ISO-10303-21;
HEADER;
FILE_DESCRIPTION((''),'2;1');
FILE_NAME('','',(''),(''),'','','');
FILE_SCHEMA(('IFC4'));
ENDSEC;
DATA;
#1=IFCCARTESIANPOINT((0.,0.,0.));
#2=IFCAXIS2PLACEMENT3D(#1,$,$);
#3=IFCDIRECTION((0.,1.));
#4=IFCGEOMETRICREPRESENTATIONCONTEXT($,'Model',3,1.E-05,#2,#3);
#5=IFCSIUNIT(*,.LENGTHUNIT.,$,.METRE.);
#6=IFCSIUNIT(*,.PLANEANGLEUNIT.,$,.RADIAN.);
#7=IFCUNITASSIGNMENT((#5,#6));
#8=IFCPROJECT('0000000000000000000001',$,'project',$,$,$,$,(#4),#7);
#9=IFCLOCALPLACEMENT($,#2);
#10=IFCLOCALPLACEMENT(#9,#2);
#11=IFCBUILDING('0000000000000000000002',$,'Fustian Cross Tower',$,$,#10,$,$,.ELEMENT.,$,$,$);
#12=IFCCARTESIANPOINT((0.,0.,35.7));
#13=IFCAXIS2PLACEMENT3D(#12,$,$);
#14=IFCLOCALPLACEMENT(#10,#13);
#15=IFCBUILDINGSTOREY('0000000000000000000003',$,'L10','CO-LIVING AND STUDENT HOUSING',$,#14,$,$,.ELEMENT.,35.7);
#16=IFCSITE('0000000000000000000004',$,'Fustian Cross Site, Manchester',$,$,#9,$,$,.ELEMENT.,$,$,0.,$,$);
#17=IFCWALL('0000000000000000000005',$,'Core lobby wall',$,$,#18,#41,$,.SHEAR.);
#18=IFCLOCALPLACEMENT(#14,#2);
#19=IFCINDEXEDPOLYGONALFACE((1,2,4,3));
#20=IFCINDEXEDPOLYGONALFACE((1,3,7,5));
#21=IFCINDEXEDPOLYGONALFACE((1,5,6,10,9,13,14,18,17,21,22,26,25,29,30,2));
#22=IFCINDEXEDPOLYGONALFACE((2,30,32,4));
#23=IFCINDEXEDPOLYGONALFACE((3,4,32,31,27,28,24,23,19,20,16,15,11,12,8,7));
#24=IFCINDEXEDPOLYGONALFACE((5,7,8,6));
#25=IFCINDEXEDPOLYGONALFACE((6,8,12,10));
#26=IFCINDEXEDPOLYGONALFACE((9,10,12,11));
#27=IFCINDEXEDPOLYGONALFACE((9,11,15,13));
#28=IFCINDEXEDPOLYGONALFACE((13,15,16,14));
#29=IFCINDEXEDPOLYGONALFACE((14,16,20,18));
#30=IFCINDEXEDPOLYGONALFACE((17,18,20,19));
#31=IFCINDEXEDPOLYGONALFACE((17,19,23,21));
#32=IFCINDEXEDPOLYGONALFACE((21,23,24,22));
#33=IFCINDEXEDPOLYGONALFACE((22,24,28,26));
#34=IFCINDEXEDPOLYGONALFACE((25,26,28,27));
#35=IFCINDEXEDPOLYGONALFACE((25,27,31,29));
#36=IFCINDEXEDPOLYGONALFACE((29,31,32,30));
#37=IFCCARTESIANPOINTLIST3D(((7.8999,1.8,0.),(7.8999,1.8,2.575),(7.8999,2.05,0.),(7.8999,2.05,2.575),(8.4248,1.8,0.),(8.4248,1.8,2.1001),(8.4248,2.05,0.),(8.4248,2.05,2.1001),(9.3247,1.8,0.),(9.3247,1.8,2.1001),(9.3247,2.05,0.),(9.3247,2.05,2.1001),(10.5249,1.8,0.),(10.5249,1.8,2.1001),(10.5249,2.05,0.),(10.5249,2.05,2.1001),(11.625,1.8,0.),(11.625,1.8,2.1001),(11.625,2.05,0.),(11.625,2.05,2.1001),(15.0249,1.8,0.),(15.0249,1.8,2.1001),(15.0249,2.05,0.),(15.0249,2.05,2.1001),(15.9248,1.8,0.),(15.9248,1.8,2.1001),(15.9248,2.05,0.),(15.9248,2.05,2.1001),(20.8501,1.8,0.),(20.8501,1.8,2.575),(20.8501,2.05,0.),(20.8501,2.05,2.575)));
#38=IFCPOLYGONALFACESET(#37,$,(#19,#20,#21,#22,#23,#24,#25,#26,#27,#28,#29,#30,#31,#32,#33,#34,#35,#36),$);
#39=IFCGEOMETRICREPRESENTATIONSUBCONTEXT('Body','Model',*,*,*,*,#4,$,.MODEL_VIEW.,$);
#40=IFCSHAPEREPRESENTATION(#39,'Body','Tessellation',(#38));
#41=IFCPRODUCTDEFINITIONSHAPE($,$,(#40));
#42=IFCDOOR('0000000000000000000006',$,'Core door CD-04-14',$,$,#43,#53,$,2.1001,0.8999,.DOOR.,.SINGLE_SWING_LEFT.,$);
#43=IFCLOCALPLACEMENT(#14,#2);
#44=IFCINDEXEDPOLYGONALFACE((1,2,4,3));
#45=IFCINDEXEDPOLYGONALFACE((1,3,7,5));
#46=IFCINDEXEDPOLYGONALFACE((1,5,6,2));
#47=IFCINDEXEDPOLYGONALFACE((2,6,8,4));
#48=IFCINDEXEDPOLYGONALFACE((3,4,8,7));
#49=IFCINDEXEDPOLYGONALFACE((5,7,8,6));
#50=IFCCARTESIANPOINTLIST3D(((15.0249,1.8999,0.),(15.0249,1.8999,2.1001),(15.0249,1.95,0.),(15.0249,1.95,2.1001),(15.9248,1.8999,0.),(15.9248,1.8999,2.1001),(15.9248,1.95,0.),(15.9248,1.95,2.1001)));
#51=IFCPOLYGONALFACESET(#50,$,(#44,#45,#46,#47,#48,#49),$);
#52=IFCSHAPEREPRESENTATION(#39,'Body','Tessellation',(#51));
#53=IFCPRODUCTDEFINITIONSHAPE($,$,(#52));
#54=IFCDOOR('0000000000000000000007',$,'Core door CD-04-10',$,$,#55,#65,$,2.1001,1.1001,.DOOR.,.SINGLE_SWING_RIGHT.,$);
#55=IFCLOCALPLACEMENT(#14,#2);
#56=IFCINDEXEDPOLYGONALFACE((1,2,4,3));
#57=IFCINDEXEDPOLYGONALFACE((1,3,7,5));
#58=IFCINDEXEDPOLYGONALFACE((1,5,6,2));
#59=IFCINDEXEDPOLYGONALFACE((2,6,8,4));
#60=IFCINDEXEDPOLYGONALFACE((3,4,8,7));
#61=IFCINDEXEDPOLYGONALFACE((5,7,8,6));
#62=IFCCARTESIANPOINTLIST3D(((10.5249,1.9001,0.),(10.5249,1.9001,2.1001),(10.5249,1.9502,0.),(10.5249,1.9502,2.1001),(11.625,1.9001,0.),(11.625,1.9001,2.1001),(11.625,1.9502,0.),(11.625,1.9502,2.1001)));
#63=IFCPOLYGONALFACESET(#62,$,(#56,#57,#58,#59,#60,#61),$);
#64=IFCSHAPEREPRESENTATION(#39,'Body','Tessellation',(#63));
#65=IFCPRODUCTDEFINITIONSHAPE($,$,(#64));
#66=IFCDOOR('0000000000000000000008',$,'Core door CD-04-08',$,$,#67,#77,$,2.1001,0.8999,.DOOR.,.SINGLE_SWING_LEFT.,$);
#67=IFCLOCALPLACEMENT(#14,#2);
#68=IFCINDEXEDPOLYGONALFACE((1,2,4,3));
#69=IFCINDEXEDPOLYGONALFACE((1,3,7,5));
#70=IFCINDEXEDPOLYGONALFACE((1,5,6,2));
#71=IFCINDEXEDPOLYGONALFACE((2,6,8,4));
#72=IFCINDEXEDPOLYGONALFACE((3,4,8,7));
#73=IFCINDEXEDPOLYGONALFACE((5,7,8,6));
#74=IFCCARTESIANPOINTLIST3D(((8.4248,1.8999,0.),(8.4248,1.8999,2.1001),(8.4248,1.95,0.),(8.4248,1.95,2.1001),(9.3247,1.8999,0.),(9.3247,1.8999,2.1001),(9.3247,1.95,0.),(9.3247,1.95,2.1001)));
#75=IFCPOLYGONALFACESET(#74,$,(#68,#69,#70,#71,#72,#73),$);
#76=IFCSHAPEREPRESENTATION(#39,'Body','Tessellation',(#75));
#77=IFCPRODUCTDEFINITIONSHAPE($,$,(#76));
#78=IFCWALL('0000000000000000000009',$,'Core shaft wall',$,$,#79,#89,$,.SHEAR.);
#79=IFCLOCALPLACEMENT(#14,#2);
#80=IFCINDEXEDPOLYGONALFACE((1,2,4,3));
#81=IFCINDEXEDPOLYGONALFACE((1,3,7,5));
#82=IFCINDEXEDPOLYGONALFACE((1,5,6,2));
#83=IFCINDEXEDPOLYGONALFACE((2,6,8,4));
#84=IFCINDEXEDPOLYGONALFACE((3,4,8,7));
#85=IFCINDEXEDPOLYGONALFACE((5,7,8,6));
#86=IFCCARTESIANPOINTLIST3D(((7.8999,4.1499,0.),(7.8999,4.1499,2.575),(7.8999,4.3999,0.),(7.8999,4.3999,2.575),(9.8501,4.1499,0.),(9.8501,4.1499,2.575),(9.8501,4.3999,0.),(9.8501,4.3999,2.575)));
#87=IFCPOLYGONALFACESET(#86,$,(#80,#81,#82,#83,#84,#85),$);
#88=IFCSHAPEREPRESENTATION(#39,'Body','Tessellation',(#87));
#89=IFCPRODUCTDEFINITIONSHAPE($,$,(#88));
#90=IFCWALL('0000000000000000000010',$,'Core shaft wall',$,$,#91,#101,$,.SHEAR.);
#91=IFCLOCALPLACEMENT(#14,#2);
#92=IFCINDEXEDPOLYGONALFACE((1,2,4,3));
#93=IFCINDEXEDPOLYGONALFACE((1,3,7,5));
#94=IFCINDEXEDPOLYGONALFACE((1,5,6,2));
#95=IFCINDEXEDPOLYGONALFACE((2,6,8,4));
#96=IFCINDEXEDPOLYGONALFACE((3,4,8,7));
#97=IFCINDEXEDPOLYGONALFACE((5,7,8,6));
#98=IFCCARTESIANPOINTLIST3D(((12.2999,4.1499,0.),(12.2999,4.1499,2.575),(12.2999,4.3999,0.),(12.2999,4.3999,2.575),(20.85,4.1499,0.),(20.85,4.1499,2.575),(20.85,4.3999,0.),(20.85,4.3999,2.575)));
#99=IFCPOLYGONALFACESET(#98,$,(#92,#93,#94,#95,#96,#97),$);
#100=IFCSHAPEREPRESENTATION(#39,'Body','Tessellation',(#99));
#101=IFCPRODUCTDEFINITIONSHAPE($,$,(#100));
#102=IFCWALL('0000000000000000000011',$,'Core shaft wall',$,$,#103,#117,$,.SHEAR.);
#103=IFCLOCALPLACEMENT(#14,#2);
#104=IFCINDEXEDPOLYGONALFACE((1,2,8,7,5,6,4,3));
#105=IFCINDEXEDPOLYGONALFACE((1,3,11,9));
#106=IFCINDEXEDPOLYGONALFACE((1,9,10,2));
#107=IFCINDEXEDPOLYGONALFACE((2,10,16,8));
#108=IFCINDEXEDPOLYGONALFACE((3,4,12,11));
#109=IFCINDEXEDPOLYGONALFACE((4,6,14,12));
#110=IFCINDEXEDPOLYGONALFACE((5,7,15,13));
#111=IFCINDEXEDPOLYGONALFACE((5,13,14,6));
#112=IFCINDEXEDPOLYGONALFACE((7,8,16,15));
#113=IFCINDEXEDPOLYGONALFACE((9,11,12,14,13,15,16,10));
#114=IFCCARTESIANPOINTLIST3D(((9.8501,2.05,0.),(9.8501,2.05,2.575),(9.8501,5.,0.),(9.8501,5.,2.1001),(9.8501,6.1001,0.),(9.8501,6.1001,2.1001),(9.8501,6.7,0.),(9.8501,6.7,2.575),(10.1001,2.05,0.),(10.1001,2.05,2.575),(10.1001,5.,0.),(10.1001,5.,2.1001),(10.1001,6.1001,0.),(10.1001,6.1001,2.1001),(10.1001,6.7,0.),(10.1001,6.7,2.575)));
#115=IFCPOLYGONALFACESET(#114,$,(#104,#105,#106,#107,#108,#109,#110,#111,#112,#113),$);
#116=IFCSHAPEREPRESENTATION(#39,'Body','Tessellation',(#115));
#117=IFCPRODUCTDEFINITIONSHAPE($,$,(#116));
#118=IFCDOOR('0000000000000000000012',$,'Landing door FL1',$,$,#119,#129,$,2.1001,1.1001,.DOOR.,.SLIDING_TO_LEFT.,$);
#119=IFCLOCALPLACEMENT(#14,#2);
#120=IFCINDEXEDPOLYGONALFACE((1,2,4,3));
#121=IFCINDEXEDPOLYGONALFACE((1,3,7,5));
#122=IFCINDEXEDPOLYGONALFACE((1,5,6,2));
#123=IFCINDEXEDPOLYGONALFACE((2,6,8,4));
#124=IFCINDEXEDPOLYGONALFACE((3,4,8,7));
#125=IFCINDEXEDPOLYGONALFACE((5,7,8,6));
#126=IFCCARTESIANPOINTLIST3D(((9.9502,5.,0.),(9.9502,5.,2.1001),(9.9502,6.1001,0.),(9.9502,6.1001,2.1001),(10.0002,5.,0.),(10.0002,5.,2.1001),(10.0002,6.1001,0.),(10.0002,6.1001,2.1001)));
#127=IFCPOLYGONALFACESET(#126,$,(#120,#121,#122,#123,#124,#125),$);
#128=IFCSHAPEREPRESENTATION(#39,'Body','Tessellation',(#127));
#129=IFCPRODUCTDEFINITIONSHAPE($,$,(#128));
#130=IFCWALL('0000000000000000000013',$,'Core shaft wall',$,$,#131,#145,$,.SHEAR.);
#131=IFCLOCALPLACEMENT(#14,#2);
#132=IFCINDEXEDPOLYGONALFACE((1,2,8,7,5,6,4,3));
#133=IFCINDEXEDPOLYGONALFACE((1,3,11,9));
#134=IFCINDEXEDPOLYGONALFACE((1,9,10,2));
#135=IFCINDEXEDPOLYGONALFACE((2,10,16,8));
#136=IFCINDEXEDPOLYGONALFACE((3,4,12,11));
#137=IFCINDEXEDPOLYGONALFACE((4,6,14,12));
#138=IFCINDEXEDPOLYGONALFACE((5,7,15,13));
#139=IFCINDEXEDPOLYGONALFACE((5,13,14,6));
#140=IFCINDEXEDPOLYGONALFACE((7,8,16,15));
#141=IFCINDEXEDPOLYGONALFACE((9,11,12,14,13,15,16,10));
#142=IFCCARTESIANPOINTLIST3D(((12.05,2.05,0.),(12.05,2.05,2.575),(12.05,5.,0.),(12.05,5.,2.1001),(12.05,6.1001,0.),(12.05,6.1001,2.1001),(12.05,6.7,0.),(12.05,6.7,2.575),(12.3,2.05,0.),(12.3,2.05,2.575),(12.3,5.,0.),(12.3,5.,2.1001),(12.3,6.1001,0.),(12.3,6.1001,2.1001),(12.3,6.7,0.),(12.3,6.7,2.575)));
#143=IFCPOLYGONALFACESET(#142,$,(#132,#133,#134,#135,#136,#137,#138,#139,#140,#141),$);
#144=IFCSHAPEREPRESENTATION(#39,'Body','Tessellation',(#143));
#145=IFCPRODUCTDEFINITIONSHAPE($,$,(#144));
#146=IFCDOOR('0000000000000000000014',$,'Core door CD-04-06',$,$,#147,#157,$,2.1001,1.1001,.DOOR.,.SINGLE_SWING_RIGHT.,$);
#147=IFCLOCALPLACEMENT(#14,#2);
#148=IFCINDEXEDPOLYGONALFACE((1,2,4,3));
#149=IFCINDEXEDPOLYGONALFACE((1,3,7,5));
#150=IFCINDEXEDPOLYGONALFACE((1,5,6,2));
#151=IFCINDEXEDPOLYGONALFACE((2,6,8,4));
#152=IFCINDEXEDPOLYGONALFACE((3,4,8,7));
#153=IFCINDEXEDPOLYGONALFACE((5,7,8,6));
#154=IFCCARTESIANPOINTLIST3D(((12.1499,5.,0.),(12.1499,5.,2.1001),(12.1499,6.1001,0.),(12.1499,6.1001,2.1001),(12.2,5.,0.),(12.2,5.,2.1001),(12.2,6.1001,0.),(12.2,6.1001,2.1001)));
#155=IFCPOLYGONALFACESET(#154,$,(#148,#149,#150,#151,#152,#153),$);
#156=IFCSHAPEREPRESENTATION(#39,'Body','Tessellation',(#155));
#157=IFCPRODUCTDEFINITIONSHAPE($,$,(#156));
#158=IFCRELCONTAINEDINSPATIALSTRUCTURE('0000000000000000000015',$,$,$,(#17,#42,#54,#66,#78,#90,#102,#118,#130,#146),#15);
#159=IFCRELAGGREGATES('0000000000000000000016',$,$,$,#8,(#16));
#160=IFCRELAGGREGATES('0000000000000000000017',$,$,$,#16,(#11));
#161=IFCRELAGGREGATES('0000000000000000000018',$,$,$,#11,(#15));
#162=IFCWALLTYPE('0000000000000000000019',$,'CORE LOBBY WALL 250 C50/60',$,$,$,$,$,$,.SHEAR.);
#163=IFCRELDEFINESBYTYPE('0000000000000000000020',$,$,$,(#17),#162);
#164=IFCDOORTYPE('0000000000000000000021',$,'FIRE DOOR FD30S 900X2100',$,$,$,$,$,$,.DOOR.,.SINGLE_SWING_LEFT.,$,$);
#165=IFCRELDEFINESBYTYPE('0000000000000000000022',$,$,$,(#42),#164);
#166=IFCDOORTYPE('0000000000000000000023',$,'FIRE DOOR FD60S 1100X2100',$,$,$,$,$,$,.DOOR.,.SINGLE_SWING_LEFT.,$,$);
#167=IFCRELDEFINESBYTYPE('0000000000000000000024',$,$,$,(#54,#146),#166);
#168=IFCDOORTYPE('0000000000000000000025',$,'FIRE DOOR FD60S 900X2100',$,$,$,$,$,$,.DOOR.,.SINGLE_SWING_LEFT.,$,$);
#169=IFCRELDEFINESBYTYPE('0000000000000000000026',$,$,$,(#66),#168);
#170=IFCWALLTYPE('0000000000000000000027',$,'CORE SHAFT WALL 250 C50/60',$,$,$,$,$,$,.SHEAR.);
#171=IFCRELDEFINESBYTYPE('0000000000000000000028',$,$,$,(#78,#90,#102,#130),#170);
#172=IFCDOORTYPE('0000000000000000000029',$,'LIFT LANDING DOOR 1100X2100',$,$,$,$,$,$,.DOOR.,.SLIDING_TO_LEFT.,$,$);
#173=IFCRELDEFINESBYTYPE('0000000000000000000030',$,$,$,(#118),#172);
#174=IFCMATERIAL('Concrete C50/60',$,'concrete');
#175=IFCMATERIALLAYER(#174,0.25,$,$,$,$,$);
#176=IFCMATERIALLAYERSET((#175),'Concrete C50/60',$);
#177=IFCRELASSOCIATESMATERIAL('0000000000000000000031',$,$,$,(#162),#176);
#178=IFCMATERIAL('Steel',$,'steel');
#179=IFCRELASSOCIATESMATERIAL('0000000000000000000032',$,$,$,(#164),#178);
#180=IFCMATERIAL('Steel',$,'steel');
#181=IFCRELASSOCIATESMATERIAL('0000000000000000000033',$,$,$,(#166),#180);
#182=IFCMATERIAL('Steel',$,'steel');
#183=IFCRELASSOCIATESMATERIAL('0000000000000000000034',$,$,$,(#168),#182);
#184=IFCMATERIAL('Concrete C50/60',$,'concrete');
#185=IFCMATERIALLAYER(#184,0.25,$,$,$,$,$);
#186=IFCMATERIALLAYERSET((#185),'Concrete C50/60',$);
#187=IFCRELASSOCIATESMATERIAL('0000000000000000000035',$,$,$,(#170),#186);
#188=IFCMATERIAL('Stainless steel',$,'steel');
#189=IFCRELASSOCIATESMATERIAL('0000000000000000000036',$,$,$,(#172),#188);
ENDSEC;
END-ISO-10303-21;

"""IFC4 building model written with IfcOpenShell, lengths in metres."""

from ifc_helpers import new_model, si_unit, direction, frame, frame_2d, origin, place, context, subcontext, project, spatial, rectangle, extrude, material, layer, layer_set, type_object, element, fill, save


model = new_model("IFC4")

# Units and contexts
model_context = context("Model", 3, precision=1e-05, world=origin(), true_north=direction((0.0, 1.0)))
body_context = subcontext(model_context, "Body", "Model", "MODEL_VIEW")
ifc_project = project(units=[si_unit("LENGTHUNIT", "METRE"), si_unit("PLANEANGLEUNIT", "RADIAN")], contexts=[model_context])

# Site, building, storey
site_placement = place(None, origin())
site = spatial("IfcSite", under=ifc_project, at=site_placement, Name="Fustian Cross Site, Manchester", CompositionType="ELEMENT", RefElevation=0.0)
building_placement = place(site_placement, origin())
building = spatial("IfcBuilding", under=site, at=building_placement, Name="Fustian Cross Tower", CompositionType="ELEMENT")
storey_placement = place(building_placement, frame((0.0, 0.0, 35.7)))
storey = spatial("IfcBuildingStorey", under=building, at=storey_placement, Name="L10", Description="CO-LIVING AND STUDENT HOUSING", CompositionType="ELEMENT", Elevation=35.7)

# Wall, openings, doors
ifc_material_1 = material(Name="Concrete C50/60", Category="concrete")
ifc_layer_1 = layer(ifc_material_1, 0.25)
ifc_layer_set_1 = layer_set([ifc_layer_1], Name="Concrete C50/60")
wall_type_1 = type_object("IfcWallType", Name="CORE LOBBY WALL 250 C50/60", PredefinedType="SHEAR", material=ifc_layer_set_1)
wall_1_placement = place(storey_placement, frame((7.8999, 1.925, 0.0), z_axis=(0.0, 0.0, 1.0), x_axis=(1.0, 0.0, 0.0)))
wall_1 = element("IfcWall", 1, at=wall_1_placement, inside=storey, type_object=wall_type_1, Name="Core lobby wall", PredefinedType="SHEAR", context=body_context, shape_type="SweptSolid", body=[
    extrude(rectangle(XDim=12.9502, YDim=0.25, at=frame_2d((6.4751, 0.0))), origin(), (0.0, 0.0, 1.0), 2.575),
])
opening_1_placement = place(wall_1_placement, frame((0.5249, 0.0, 0.0)))
opening_1 = element("IfcOpeningElement", 2, at=opening_1_placement, cuts=wall_1, PredefinedType="OPENING", context=body_context, shape_type="SweptSolid", body=[
    extrude(rectangle(XDim=0.8999, YDim=2.1001, at=frame_2d((0.45, 1.05))), frame((0.0, 0.135, 0.0), z_axis=(0.0, -1.0, 0.0), x_axis=(1.0, 0.0, 0.0)), (0.0, 0.0, 1.0), 0.27),
])
opening_2_placement = place(wall_1_placement, frame((2.625, 0.0, 0.0)))
opening_2 = element("IfcOpeningElement", 3, at=opening_2_placement, cuts=wall_1, PredefinedType="OPENING", context=body_context, shape_type="SweptSolid", body=[
    extrude(rectangle(XDim=1.1001, YDim=2.1001, at=frame_2d((0.55, 1.05))), frame((0.0, 0.135, 0.0), z_axis=(0.0, -1.0, 0.0), x_axis=(1.0, 0.0, 0.0)), (0.0, 0.0, 1.0), 0.27),
])
opening_3_placement = place(wall_1_placement, frame((7.125, 0.0, 0.0)))
opening_3 = element("IfcOpeningElement", 4, at=opening_3_placement, cuts=wall_1, PredefinedType="OPENING", context=body_context, shape_type="SweptSolid", body=[
    extrude(rectangle(XDim=0.8999, YDim=2.1001, at=frame_2d((0.45, 1.05))), frame((0.0, 0.135, 0.0), z_axis=(0.0, -1.0, 0.0), x_axis=(1.0, 0.0, 0.0)), (0.0, 0.0, 1.0), 0.27),
])
ifc_material_2 = material(Name="Steel", Category="steel")
door_type_1 = type_object("IfcDoorType", Name="FIRE DOOR FD30S 900X2100", OperationType="SINGLE_SWING_LEFT", PredefinedType="DOOR", material=ifc_material_2)
door_1_placement = place(opening_3_placement, origin())
door_1 = element("IfcDoor", 5, at=door_1_placement, inside=storey, type_object=door_type_1, Name="Core door CD-04-14", OperationType="SINGLE_SWING_LEFT", OverallHeight=2.1001, OverallWidth=0.8999, PredefinedType="DOOR", context=body_context, shape_type="SweptSolid", body=[
    extrude(rectangle(XDim=0.8999, YDim=2.1001, at=frame_2d((0.45, 1.05))), frame((0.0, 0.0249, 0.0), z_axis=(0.0, -1.0, 0.0), x_axis=(1.0, 0.0, 0.0)), (0.0, 0.0, 1.0), 0.05),
])
fill(opening_3, door_1)
ifc_material_3 = material(Name="Steel", Category="steel")
door_type_2 = type_object("IfcDoorType", Name="FIRE DOOR FD60S 1100X2100", OperationType="SINGLE_SWING_LEFT", PredefinedType="DOOR", material=ifc_material_3)
door_2_placement = place(opening_2_placement, frame((1.1001, 0.0, 0.0), z_axis=(0.0, 0.0, 1.0), x_axis=(-1.0, 0.0, 0.0)))
door_2 = element("IfcDoor", 6, at=door_2_placement, inside=storey, type_object=door_type_2, Name="Core door CD-04-10", OperationType="SINGLE_SWING_RIGHT", OverallHeight=2.1001, OverallWidth=1.1001, PredefinedType="DOOR", context=body_context, shape_type="SweptSolid", body=[
    extrude(rectangle(XDim=1.1001, YDim=2.1001, at=frame_2d((0.55, 1.05))), frame((0.0, 0.0249, 0.0), z_axis=(0.0, -1.0, 0.0), x_axis=(1.0, 0.0, 0.0)), (0.0, 0.0, 1.0), 0.05),
])
fill(opening_2, door_2)
ifc_material_4 = material(Name="Steel", Category="steel")
door_type_3 = type_object("IfcDoorType", Name="FIRE DOOR FD60S 900X2100", OperationType="SINGLE_SWING_LEFT", PredefinedType="DOOR", material=ifc_material_4)
door_3_placement = place(opening_1_placement, origin())
door_3 = element("IfcDoor", 7, at=door_3_placement, inside=storey, type_object=door_type_3, Name="Core door CD-04-08", OperationType="SINGLE_SWING_LEFT", OverallHeight=2.1001, OverallWidth=0.8999, PredefinedType="DOOR", context=body_context, shape_type="SweptSolid", body=[
    extrude(rectangle(XDim=0.8999, YDim=2.1001, at=frame_2d((0.45, 1.05))), frame((0.0, 0.0249, 0.0), z_axis=(0.0, -1.0, 0.0), x_axis=(1.0, 0.0, 0.0)), (0.0, 0.0, 1.0), 0.05),
])
fill(opening_1, door_3)

# Walls
ifc_material_5 = material(Name="Concrete C50/60", Category="concrete")
ifc_layer_2 = layer(ifc_material_5, 0.25)
ifc_layer_set_2 = layer_set([ifc_layer_2], Name="Concrete C50/60")
wall_type_2 = type_object("IfcWallType", Name="CORE SHAFT WALL 250 C50/60", PredefinedType="SHEAR", material=ifc_layer_set_2)
wall_2_placement = place(storey_placement, frame((7.8999, 4.2749, 0.0), z_axis=(0.0, 0.0, 1.0), x_axis=(1.0, 0.0, 0.0)))
element("IfcWall", 8, at=wall_2_placement, inside=storey, type_object=wall_type_2, Name="Core shaft wall", PredefinedType="SHEAR", context=body_context, shape_type="SweptSolid", body=[
    extrude(rectangle(XDim=1.9502, YDim=0.25, at=frame_2d((0.9751, 0.0))), origin(), (0.0, 0.0, 1.0), 2.575),
])
wall_3_placement = place(storey_placement, frame((12.3, 4.2749, 0.0), z_axis=(0.0, 0.0, 1.0), x_axis=(1.0, 0.0, 0.0)))
element("IfcWall", 9, at=wall_3_placement, inside=storey, type_object=wall_type_2, Name="Core shaft wall", PredefinedType="SHEAR", context=body_context, shape_type="SweptSolid", body=[
    extrude(rectangle(XDim=8.55, YDim=0.25, at=frame_2d((4.2749, 0.0))), origin(), (0.0, 0.0, 1.0), 2.575),
])

# Walls, openings, doors
wall_4_placement = place(storey_placement, frame((9.9751, 2.05, 0.0), z_axis=(0.0, 0.0, 1.0), x_axis=(0.0, 1.0, 0.0)))
wall_4 = element("IfcWall", 10, at=wall_4_placement, inside=storey, type_object=wall_type_2, Name="Core shaft wall", PredefinedType="SHEAR", context=body_context, shape_type="SweptSolid", body=[
    extrude(rectangle(XDim=4.6499, YDim=0.25, at=frame_2d((2.325, 0.0))), origin(), (0.0, 0.0, 1.0), 2.575),
])
opening_4_placement = place(wall_4_placement, frame((2.95, 0.0, 0.0)))
opening_4 = element("IfcOpeningElement", 11, at=opening_4_placement, cuts=wall_4, PredefinedType="OPENING", context=body_context, shape_type="SweptSolid", body=[
    extrude(rectangle(XDim=1.1001, YDim=2.1001, at=frame_2d((0.55, 1.05))), frame((0.0, 0.135, 0.0), z_axis=(0.0, -1.0, 0.0), x_axis=(1.0, 0.0, 0.0)), (0.0, 0.0, 1.0), 0.27),
])
ifc_material_6 = material(Name="Stainless steel", Category="steel")
door_type_4 = type_object("IfcDoorType", Name="LIFT LANDING DOOR 1100X2100", OperationType="SLIDING_TO_LEFT", PredefinedType="DOOR", material=ifc_material_6)
door_4_placement = place(opening_4_placement, origin())
door_4 = element("IfcDoor", 12, at=door_4_placement, inside=storey, type_object=door_type_4, Name="Landing door FL1", OperationType="SLIDING_TO_LEFT", OverallHeight=2.1001, OverallWidth=1.1001, PredefinedType="DOOR", context=body_context, shape_type="SweptSolid", body=[
    extrude(rectangle(XDim=1.1001, YDim=2.1001, at=frame_2d((0.55, 1.05))), frame((0.0, 0.0249, 0.0), z_axis=(0.0, -1.0, 0.0), x_axis=(1.0, 0.0, 0.0)), (0.0, 0.0, 1.0), 0.05),
])
fill(opening_4, door_4)
wall_5_placement = place(storey_placement, frame((12.175, 2.05, 0.0), z_axis=(0.0, 0.0, 1.0), x_axis=(0.0, 1.0, 0.0)))
wall_5 = element("IfcWall", 13, at=wall_5_placement, inside=storey, type_object=wall_type_2, Name="Core shaft wall", PredefinedType="SHEAR", context=body_context, shape_type="SweptSolid", body=[
    extrude(rectangle(XDim=4.6499, YDim=0.25, at=frame_2d((2.325, 0.0))), origin(), (0.0, 0.0, 1.0), 2.575),
])
opening_5_placement = place(wall_5_placement, frame((2.95, 0.0, 0.0)))
opening_5 = element("IfcOpeningElement", 14, at=opening_5_placement, cuts=wall_5, PredefinedType="OPENING", context=body_context, shape_type="SweptSolid", body=[
    extrude(rectangle(XDim=1.1001, YDim=2.1001, at=frame_2d((0.55, 1.05))), frame((0.0, 0.135, 0.0), z_axis=(0.0, -1.0, 0.0), x_axis=(1.0, 0.0, 0.0)), (0.0, 0.0, 1.0), 0.27),
])
door_5_placement = place(opening_5_placement, frame((1.1001, 0.0, 0.0), z_axis=(0.0, 0.0, 1.0), x_axis=(-1.0, 0.0, 0.0)))
door_5 = element("IfcDoor", 15, at=door_5_placement, inside=storey, type_object=door_type_2, Name="Core door CD-04-06", OperationType="SINGLE_SWING_RIGHT", OverallHeight=2.1001, OverallWidth=1.1001, PredefinedType="DOOR", context=body_context, shape_type="SweptSolid", body=[
    extrude(rectangle(XDim=1.1001, YDim=2.1001, at=frame_2d((0.55, 1.05))), frame((0.0, 0.0249, 0.0), z_axis=(0.0, -1.0, 0.0), x_axis=(1.0, 0.0, 0.0)), (0.0, 0.0, 1.0), 0.05),
])
fill(opening_5, door_5)

save(model, "model.ifc")
